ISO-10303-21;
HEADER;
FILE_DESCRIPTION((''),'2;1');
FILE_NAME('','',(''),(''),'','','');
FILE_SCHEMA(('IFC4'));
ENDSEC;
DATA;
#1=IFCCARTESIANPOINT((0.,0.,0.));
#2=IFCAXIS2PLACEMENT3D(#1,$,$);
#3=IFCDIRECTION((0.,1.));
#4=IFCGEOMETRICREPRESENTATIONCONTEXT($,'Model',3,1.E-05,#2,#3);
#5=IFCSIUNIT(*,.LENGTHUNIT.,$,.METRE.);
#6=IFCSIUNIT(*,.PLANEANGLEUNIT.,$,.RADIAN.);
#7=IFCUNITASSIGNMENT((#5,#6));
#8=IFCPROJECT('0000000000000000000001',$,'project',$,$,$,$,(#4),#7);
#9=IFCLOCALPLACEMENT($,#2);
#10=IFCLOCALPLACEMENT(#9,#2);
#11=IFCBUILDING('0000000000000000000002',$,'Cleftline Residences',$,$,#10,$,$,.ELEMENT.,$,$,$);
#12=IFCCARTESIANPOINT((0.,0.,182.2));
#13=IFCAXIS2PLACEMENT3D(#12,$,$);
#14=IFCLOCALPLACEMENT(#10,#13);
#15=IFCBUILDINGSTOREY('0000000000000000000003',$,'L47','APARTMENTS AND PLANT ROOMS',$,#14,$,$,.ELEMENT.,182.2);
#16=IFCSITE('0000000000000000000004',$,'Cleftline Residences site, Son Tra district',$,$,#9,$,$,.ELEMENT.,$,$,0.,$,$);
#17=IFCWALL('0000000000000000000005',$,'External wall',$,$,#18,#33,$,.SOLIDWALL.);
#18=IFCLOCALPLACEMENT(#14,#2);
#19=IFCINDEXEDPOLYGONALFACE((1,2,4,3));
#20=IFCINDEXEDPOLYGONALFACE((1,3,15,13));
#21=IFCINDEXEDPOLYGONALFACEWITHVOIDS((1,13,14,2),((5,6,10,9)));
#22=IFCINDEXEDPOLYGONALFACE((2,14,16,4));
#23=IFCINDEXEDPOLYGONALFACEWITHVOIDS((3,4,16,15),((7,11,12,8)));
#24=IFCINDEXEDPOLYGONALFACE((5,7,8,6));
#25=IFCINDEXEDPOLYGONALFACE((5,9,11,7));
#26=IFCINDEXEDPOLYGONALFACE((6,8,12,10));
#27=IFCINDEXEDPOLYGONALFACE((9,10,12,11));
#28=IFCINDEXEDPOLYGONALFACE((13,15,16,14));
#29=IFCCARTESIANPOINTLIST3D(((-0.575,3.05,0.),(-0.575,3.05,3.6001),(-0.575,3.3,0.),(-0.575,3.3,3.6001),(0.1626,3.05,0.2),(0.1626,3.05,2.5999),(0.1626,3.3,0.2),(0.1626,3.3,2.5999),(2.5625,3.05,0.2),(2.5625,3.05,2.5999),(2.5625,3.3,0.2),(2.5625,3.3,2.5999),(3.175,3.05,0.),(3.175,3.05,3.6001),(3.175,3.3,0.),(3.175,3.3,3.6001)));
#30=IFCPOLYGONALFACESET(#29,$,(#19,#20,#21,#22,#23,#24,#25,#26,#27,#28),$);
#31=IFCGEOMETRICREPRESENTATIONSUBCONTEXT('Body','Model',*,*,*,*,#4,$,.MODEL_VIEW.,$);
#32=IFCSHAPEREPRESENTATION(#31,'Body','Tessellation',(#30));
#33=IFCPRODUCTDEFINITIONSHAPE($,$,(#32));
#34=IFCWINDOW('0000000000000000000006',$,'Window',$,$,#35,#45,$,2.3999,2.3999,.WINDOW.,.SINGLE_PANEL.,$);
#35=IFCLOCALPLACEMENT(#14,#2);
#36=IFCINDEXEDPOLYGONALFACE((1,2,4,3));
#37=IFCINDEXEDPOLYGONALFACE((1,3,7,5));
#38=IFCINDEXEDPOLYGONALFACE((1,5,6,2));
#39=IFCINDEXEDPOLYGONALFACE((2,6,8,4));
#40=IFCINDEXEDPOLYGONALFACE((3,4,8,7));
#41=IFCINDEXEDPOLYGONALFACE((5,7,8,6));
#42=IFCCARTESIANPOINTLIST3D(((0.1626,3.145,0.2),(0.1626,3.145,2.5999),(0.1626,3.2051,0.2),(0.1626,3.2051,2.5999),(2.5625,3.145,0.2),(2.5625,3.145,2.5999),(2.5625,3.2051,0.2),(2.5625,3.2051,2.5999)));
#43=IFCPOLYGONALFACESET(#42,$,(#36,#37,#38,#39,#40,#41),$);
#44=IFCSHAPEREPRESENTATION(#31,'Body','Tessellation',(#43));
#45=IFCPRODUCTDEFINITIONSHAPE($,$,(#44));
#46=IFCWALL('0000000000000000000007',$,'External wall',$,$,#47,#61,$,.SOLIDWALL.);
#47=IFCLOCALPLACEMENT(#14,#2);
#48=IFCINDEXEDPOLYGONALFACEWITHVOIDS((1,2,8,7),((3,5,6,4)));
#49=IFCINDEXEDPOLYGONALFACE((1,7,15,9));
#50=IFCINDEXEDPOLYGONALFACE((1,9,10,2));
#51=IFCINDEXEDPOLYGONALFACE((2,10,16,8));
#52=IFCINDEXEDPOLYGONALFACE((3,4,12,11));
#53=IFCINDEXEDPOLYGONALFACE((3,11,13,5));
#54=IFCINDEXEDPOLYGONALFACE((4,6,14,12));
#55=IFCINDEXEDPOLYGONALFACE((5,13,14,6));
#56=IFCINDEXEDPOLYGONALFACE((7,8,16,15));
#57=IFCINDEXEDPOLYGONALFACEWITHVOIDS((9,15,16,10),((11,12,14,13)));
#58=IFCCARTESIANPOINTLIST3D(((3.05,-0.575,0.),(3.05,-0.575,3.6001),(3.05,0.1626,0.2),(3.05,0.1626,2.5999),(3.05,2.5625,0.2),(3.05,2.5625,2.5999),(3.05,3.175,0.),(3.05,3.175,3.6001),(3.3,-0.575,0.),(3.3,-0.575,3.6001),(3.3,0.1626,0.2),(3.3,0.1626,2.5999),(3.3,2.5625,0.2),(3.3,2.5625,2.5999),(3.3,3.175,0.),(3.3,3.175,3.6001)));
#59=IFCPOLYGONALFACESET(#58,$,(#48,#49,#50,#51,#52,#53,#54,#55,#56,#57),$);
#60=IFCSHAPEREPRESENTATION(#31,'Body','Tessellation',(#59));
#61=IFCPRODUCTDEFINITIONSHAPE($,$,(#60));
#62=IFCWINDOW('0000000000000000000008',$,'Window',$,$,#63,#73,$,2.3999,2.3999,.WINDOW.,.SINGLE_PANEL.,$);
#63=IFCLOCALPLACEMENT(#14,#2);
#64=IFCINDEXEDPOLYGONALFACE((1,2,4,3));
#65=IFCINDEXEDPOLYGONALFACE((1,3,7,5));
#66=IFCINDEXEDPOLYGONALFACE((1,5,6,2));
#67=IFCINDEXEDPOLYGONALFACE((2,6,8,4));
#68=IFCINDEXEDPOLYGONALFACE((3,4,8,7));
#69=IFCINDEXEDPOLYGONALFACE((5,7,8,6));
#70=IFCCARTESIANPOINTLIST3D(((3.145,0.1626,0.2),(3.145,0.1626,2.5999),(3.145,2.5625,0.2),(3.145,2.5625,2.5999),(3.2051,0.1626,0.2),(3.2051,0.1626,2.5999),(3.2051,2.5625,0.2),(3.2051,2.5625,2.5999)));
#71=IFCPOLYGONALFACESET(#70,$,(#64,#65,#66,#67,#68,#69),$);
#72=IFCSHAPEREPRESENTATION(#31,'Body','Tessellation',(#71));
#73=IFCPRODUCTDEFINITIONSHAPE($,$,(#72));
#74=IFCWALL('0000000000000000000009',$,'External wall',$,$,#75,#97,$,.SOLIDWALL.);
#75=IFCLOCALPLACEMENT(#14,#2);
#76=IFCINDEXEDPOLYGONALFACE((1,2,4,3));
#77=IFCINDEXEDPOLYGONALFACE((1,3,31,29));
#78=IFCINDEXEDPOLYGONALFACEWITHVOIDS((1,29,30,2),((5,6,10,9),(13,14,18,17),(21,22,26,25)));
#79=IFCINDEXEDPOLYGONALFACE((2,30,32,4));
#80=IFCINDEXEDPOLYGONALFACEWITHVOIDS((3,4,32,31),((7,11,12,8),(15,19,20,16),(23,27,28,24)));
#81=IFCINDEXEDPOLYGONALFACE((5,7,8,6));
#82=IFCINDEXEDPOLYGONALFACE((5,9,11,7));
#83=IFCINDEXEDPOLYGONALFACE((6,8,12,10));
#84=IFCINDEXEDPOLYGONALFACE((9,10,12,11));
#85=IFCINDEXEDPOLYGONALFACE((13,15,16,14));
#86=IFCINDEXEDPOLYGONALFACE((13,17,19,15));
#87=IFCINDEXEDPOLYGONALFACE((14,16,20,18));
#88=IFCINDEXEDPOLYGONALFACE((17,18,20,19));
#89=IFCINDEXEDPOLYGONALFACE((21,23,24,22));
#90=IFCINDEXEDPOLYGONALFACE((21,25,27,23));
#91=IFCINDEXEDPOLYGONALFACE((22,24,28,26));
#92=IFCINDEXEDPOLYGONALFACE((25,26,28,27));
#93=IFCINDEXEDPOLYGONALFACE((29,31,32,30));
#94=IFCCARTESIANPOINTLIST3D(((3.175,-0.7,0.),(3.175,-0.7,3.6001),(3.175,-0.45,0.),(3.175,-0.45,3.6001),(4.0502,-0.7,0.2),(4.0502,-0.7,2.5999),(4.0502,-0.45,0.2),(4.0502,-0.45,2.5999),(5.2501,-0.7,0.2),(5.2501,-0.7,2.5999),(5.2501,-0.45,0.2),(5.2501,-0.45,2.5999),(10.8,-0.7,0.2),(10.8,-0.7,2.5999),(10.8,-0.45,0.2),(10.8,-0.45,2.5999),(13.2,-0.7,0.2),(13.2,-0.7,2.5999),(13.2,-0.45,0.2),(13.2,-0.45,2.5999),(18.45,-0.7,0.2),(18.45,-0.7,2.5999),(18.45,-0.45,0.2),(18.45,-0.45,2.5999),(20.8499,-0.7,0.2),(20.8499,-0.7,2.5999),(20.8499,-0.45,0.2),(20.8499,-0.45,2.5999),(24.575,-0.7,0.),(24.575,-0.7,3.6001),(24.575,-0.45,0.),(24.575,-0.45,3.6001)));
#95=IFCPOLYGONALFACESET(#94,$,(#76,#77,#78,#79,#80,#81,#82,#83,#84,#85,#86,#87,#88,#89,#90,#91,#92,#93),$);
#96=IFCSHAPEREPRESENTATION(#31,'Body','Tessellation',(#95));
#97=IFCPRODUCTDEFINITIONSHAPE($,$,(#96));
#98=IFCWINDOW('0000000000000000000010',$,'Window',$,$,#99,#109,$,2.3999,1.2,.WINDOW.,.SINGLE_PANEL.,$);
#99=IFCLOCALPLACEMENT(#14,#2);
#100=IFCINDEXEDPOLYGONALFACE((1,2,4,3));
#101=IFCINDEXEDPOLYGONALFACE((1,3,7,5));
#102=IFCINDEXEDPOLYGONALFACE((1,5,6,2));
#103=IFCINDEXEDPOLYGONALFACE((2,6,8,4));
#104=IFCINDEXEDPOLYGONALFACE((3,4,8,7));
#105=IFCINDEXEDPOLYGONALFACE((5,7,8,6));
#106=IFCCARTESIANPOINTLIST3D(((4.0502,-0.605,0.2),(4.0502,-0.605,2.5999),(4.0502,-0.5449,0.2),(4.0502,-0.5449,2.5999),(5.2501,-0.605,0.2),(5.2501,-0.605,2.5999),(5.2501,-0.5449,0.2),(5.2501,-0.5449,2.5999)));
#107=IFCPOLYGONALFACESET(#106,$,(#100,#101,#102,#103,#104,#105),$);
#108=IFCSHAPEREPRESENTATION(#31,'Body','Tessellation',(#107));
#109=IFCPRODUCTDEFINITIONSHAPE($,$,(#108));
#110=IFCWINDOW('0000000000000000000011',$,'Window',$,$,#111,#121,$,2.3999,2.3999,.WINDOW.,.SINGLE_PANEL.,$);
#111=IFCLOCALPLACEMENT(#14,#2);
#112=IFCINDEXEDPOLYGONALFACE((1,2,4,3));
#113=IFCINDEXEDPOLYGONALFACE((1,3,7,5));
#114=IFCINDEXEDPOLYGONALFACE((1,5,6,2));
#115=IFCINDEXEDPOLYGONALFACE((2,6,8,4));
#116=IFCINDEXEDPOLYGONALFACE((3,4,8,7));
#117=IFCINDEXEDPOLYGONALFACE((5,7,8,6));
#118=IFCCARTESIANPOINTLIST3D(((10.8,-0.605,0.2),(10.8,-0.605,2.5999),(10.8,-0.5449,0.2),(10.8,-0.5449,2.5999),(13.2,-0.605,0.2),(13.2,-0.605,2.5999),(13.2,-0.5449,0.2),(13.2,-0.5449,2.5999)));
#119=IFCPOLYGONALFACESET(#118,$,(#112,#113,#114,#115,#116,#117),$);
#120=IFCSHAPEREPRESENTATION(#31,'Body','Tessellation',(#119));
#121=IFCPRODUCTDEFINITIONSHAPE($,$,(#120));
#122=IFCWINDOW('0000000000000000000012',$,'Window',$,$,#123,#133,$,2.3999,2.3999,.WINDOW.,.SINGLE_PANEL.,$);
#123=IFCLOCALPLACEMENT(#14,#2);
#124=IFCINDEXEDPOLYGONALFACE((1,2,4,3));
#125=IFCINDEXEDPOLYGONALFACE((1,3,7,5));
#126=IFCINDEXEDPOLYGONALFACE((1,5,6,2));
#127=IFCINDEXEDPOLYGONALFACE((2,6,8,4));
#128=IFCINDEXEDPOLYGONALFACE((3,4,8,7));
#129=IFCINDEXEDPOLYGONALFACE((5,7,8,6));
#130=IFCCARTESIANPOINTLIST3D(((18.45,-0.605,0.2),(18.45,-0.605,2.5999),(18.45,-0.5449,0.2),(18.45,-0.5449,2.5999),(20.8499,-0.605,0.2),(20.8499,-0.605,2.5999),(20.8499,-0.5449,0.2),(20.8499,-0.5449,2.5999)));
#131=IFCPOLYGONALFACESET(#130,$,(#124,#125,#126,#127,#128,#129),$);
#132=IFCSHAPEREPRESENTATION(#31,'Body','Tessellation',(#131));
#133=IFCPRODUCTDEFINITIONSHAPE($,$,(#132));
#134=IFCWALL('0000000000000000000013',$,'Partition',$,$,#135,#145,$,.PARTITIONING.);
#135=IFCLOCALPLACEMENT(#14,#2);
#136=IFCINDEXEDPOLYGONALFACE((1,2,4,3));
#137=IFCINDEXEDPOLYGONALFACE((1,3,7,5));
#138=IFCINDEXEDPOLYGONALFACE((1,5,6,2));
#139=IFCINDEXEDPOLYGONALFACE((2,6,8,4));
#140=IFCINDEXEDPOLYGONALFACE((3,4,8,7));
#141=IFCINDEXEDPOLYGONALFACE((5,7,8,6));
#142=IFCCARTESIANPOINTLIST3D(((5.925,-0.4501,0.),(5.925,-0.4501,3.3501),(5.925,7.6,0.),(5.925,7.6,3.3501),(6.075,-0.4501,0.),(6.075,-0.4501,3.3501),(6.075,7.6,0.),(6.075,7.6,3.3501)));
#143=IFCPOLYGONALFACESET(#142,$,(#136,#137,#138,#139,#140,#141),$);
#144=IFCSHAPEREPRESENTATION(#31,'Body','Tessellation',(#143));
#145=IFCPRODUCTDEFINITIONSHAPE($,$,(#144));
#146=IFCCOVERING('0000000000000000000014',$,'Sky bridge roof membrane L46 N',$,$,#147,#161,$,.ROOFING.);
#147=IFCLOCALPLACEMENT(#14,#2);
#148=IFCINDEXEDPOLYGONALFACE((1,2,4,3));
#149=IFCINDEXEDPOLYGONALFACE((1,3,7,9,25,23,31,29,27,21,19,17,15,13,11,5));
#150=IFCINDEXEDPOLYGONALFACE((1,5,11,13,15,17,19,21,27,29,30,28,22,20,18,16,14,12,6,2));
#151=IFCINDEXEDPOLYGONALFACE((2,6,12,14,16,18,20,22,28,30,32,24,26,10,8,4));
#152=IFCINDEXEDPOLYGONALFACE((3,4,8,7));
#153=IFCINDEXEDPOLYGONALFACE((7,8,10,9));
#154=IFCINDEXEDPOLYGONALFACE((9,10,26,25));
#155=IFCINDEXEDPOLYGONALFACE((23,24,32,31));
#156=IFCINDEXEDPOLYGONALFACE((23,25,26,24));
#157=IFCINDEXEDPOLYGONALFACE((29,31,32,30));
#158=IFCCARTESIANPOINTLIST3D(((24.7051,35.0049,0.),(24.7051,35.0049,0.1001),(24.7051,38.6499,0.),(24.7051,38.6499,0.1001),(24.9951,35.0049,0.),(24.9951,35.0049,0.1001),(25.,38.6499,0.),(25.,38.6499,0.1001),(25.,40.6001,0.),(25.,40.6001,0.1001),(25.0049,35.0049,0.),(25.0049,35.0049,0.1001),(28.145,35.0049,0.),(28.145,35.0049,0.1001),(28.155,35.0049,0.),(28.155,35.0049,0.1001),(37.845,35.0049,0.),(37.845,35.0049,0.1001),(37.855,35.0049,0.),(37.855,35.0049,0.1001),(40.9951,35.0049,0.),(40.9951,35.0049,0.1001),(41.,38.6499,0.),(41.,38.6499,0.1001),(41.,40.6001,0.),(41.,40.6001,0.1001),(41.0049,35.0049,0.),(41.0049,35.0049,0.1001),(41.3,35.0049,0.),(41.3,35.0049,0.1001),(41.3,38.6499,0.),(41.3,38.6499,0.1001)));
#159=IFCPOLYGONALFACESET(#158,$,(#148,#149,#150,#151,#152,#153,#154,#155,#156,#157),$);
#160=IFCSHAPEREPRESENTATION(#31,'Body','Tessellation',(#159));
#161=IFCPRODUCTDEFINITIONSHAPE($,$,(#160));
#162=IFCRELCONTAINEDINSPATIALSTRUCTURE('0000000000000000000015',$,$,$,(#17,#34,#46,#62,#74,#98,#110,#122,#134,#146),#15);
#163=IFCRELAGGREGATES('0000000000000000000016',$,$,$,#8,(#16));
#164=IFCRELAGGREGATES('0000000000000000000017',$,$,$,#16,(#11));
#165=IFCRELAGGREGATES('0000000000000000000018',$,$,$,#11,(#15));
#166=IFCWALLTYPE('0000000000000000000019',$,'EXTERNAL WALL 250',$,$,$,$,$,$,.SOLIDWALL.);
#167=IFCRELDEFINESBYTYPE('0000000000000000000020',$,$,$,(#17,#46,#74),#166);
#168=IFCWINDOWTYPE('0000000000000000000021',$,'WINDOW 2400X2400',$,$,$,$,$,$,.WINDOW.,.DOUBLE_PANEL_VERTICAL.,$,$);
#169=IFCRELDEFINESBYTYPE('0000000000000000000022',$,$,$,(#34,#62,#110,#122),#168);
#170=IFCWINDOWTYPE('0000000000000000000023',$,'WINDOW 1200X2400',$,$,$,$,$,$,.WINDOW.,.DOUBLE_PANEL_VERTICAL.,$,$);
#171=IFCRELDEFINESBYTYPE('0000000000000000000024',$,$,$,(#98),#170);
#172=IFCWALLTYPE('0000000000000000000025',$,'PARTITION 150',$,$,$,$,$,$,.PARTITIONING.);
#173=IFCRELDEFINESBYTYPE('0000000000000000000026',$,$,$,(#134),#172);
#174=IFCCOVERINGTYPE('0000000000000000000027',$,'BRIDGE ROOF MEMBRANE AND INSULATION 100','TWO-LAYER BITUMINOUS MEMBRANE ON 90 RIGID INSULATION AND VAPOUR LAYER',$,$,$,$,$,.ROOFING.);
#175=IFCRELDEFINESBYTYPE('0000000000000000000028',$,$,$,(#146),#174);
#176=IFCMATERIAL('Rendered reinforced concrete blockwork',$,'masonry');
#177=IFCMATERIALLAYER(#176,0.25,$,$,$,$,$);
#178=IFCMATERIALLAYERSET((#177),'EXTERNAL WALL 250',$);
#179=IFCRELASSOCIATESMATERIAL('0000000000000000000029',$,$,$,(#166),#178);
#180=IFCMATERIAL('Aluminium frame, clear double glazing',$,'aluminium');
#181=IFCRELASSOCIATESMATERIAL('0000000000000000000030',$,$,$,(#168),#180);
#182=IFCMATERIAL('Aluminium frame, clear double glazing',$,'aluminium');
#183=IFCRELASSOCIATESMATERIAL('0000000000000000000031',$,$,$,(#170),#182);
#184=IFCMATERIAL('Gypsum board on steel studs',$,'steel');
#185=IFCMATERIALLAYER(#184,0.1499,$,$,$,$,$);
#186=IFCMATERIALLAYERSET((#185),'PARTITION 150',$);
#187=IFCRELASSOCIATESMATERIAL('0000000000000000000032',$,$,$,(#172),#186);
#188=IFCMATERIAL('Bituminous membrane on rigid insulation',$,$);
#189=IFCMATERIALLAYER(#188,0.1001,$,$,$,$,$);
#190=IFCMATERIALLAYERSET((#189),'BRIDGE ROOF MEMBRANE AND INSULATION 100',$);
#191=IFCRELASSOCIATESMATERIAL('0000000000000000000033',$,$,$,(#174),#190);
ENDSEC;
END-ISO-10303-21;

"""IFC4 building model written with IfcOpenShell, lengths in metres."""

from ifc_helpers import new_model, si_unit, direction, frame, frame_2d, origin, place, context, subcontext, project, spatial, polyline, rectangle, outline, extrude, material, layer, layer_set, type_object, element, fill, save


model = new_model("IFC4")

# Units and contexts
model_context = context("Model", 3, precision=1e-05, world=origin(), true_north=direction((0.0, 1.0)))
body_context = subcontext(model_context, "Body", "Model", "MODEL_VIEW")
ifc_project = project(units=[si_unit("LENGTHUNIT", "METRE"), si_unit("PLANEANGLEUNIT", "RADIAN")], contexts=[model_context])

# Site, building, storey
site_placement = place(None, origin())
site = spatial("IfcSite", under=ifc_project, at=site_placement, Name="Cleftline Residences site, Son Tra district", CompositionType="ELEMENT", RefElevation=0.0)
building_placement = place(site_placement, origin())
building = spatial("IfcBuilding", under=site, at=building_placement, Name="Cleftline Residences", CompositionType="ELEMENT")
storey_placement = place(building_placement, frame((0.0, 0.0, 182.2)))
storey = spatial("IfcBuildingStorey", under=building, at=storey_placement, Name="L47", Description="APARTMENTS AND PLANT ROOMS", CompositionType="ELEMENT", Elevation=182.2)

# Walls, openings, windows
ifc_material_1 = material(Name="Rendered reinforced concrete blockwork", Category="masonry")
ifc_layer_1 = layer(ifc_material_1, 0.25)
ifc_layer_set_1 = layer_set([ifc_layer_1], Name="EXTERNAL WALL 250")
wall_type_1 = type_object("IfcWallType", Name="EXTERNAL WALL 250", PredefinedType="SOLIDWALL", material=ifc_layer_set_1)
wall_1_placement = place(storey_placement, frame((-0.575, 3.175, 0.0), z_axis=(0.0, 0.0, 1.0), x_axis=(1.0, 0.0, 0.0)))
wall_1 = element("IfcWall", 1, at=wall_1_placement, inside=storey, type_object=wall_type_1, Name="External wall", PredefinedType="SOLIDWALL", context=body_context, shape_type="SweptSolid", body=[
    extrude(rectangle(XDim=3.75, YDim=0.25, at=frame_2d((1.875, 0.0))), origin(), (0.0, 0.0, 1.0), 3.6001),
])
opening_1_placement = place(wall_1_placement, frame((0.7375, 0.0, 0.2)))
opening_1 = element("IfcOpeningElement", 2, at=opening_1_placement, cuts=wall_1, PredefinedType="OPENING", context=body_context, shape_type="SweptSolid", body=[
    extrude(rectangle(XDim=2.3999, YDim=2.3999, at=frame_2d((1.2, 1.2))), frame((0.0, 0.135, 0.0), z_axis=(0.0, -1.0, 0.0), x_axis=(1.0, 0.0, 0.0)), (0.0, 0.0, 1.0), 0.27),
])
ifc_material_2 = material(Name="Aluminium frame, clear double glazing", Category="aluminium")
window_type_1 = type_object("IfcWindowType", Name="WINDOW 2400X2400", PartitioningType="DOUBLE_PANEL_VERTICAL", PredefinedType="WINDOW", material=ifc_material_2)
window_1_placement = place(opening_1_placement, origin())
window_1 = element("IfcWindow", 3, at=window_1_placement, inside=storey, type_object=window_type_1, Name="Window", OverallHeight=2.3999, OverallWidth=2.3999, PartitioningType="SINGLE_PANEL", PredefinedType="WINDOW", context=body_context, shape_type="SweptSolid", body=[
    extrude(rectangle(XDim=2.3999, YDim=2.3999, at=frame_2d((1.2, 1.2))), frame((0.0, 0.03, 0.0), z_axis=(0.0, -1.0, 0.0), x_axis=(1.0, 0.0, 0.0)), (0.0, 0.0, 1.0), 0.0601),
])
fill(opening_1, window_1)
wall_2_placement = place(storey_placement, frame((3.175, 3.175, 0.0), z_axis=(0.0, 0.0, 1.0), x_axis=(0.0, -1.0, 0.0)))
wall_2 = element("IfcWall", 4, at=wall_2_placement, inside=storey, type_object=wall_type_1, Name="External wall", PredefinedType="SOLIDWALL", context=body_context, shape_type="SweptSolid", body=[
    extrude(rectangle(XDim=3.75, YDim=0.25, at=frame_2d((1.875, 0.0))), origin(), (0.0, 0.0, 1.0), 3.6001),
])
opening_2_placement = place(wall_2_placement, frame((0.6125, 0.0, 0.2)))
opening_2 = element("IfcOpeningElement", 5, at=opening_2_placement, cuts=wall_2, PredefinedType="OPENING", context=body_context, shape_type="SweptSolid", body=[
    extrude(rectangle(XDim=2.3999, YDim=2.3999, at=frame_2d((1.2, 1.2))), frame((0.0, 0.135, 0.0), z_axis=(0.0, -1.0, 0.0), x_axis=(1.0, 0.0, 0.0)), (0.0, 0.0, 1.0), 0.27),
])
window_2_placement = place(opening_2_placement, origin())
window_2 = element("IfcWindow", 6, at=window_2_placement, inside=storey, type_object=window_type_1, Name="Window", OverallHeight=2.3999, OverallWidth=2.3999, PartitioningType="SINGLE_PANEL", PredefinedType="WINDOW", context=body_context, shape_type="SweptSolid", body=[
    extrude(rectangle(XDim=2.3999, YDim=2.3999, at=frame_2d((1.2, 1.2))), frame((0.0, 0.03, 0.0), z_axis=(0.0, -1.0, 0.0), x_axis=(1.0, 0.0, 0.0)), (0.0, 0.0, 1.0), 0.0601),
])
fill(opening_2, window_2)

# Wall, openings, windows
wall_3_placement = place(storey_placement, frame((3.175, -0.575, 0.0), z_axis=(0.0, 0.0, 1.0), x_axis=(1.0, 0.0, 0.0)))
wall_3 = element("IfcWall", 7, at=wall_3_placement, inside=storey, type_object=wall_type_1, Name="External wall", PredefinedType="SOLIDWALL", context=body_context, shape_type="SweptSolid", body=[
    extrude(rectangle(XDim=21.3999, YDim=0.25, at=frame_2d((10.7, 0.0))), origin(), (0.0, 0.0, 1.0), 3.6001),
])
opening_3_placement = place(wall_3_placement, frame((0.875, 0.0, 0.2)))
opening_3 = element("IfcOpeningElement", 8, at=opening_3_placement, cuts=wall_3, PredefinedType="OPENING", context=body_context, shape_type="SweptSolid", body=[
    extrude(rectangle(XDim=1.2, YDim=2.3999, at=frame_2d((0.6001, 1.2))), frame((0.0, 0.135, 0.0), z_axis=(0.0, -1.0, 0.0), x_axis=(1.0, 0.0, 0.0)), (0.0, 0.0, 1.0), 0.27),
])
opening_4_placement = place(wall_3_placement, frame((7.625, 0.0, 0.2)))
opening_4 = element("IfcOpeningElement", 9, at=opening_4_placement, cuts=wall_3, PredefinedType="OPENING", context=body_context, shape_type="SweptSolid", body=[
    extrude(rectangle(XDim=2.3999, YDim=2.3999, at=frame_2d((1.2, 1.2))), frame((0.0, 0.135, 0.0), z_axis=(0.0, -1.0, 0.0), x_axis=(1.0, 0.0, 0.0)), (0.0, 0.0, 1.0), 0.27),
])
opening_5_placement = place(wall_3_placement, frame((15.2749, 0.0, 0.2)))
opening_5 = element("IfcOpeningElement", 10, at=opening_5_placement, cuts=wall_3, PredefinedType="OPENING", context=body_context, shape_type="SweptSolid", body=[
    extrude(rectangle(XDim=2.3999, YDim=2.3999, at=frame_2d((1.2, 1.2))), frame((0.0, 0.135, 0.0), z_axis=(0.0, -1.0, 0.0), x_axis=(1.0, 0.0, 0.0)), (0.0, 0.0, 1.0), 0.27),
])
ifc_material_3 = material(Name="Aluminium frame, clear double glazing", Category="aluminium")
window_type_2 = type_object("IfcWindowType", Name="WINDOW 1200X2400", PartitioningType="DOUBLE_PANEL_VERTICAL", PredefinedType="WINDOW", material=ifc_material_3)
window_3_placement = place(opening_3_placement, origin())
window_3 = element("IfcWindow", 11, at=window_3_placement, inside=storey, type_object=window_type_2, Name="Window", OverallHeight=2.3999, OverallWidth=1.2, PartitioningType="SINGLE_PANEL", PredefinedType="WINDOW", context=body_context, shape_type="SweptSolid", body=[
    extrude(rectangle(XDim=1.2, YDim=2.3999, at=frame_2d((0.6001, 1.2))), frame((0.0, 0.03, 0.0), z_axis=(0.0, -1.0, 0.0), x_axis=(1.0, 0.0, 0.0)), (0.0, 0.0, 1.0), 0.0601),
])
fill(opening_3, window_3)
window_4_placement = place(opening_4_placement, origin())
window_4 = element("IfcWindow", 12, at=window_4_placement, inside=storey, type_object=window_type_1, Name="Window", OverallHeight=2.3999, OverallWidth=2.3999, PartitioningType="SINGLE_PANEL", PredefinedType="WINDOW", context=body_context, shape_type="SweptSolid", body=[
    extrude(rectangle(XDim=2.3999, YDim=2.3999, at=frame_2d((1.2, 1.2))), frame((0.0, 0.03, 0.0), z_axis=(0.0, -1.0, 0.0), x_axis=(1.0, 0.0, 0.0)), (0.0, 0.0, 1.0), 0.0601),
])
fill(opening_4, window_4)
window_5_placement = place(opening_5_placement, origin())
window_5 = element("IfcWindow", 13, at=window_5_placement, inside=storey, type_object=window_type_1, Name="Window", OverallHeight=2.3999, OverallWidth=2.3999, PartitioningType="SINGLE_PANEL", PredefinedType="WINDOW", context=body_context, shape_type="SweptSolid", body=[
    extrude(rectangle(XDim=2.3999, YDim=2.3999, at=frame_2d((1.2, 1.2))), frame((0.0, 0.03, 0.0), z_axis=(0.0, -1.0, 0.0), x_axis=(1.0, 0.0, 0.0)), (0.0, 0.0, 1.0), 0.0601),
])
fill(opening_5, window_5)

# Wall
ifc_material_4 = material(Name="Gypsum board on steel studs", Category="steel")
ifc_layer_2 = layer(ifc_material_4, 0.1499)
ifc_layer_set_2 = layer_set([ifc_layer_2], Name="PARTITION 150")
wall_type_2 = type_object("IfcWallType", Name="PARTITION 150", PredefinedType="PARTITIONING", material=ifc_layer_set_2)
wall_4_placement = place(storey_placement, frame((6.0, -0.45, 0.0), z_axis=(0.0, 0.0, 1.0), x_axis=(0.0, 1.0, 0.0)))
element("IfcWall", 14, at=wall_4_placement, inside=storey, type_object=wall_type_2, Name="Partition", PredefinedType="PARTITIONING", context=body_context, shape_type="SweptSolid", body=[
    extrude(rectangle(XDim=8.05, YDim=0.1499, at=frame_2d((4.0249, 0.0))), origin(), (0.0, 0.0, 1.0), 3.3501),
])

# Covering
ifc_material_5 = material(Name="Bituminous membrane on rigid insulation")
ifc_layer_3 = layer(ifc_material_5, 0.1001)
ifc_layer_set_3 = layer_set([ifc_layer_3], Name="BRIDGE ROOF MEMBRANE AND INSULATION 100")
covering_type = type_object("IfcCoveringType", Name="BRIDGE ROOF MEMBRANE AND INSULATION 100", Description="TWO-LAYER BITUMINOUS MEMBRANE ON 90 RIGID INSULATION AND VAPOUR LAYER", PredefinedType="ROOFING", material=ifc_layer_set_3)
covering_1_placement = place(storey_placement, origin())
element("IfcCovering", 15, at=covering_1_placement, inside=storey, type_object=covering_type, Name="Sky bridge roof membrane L46 N", PredefinedType="ROOFING", context=body_context, shape_type="SweptSolid", body=[
    extrude(outline(polyline([(25.0, 40.6001), (25.0, 38.6499), (24.7051, 38.6499), (24.7051, 35.0049), (24.9951, 35.0049), (25.0049, 35.0049), (28.145, 35.0049), (28.155, 35.0049), (37.845, 35.0049), (37.855, 35.0049), (40.9951, 35.0049), (41.0049, 35.0049), (41.3, 35.0049), (41.3, 38.6499), (41.0, 38.6499), (41.0, 40.6001), (25.0, 40.6001)])), origin(), (0.0, 0.0, 1.0), 0.1001),
])

save(model, "model.ifc")
